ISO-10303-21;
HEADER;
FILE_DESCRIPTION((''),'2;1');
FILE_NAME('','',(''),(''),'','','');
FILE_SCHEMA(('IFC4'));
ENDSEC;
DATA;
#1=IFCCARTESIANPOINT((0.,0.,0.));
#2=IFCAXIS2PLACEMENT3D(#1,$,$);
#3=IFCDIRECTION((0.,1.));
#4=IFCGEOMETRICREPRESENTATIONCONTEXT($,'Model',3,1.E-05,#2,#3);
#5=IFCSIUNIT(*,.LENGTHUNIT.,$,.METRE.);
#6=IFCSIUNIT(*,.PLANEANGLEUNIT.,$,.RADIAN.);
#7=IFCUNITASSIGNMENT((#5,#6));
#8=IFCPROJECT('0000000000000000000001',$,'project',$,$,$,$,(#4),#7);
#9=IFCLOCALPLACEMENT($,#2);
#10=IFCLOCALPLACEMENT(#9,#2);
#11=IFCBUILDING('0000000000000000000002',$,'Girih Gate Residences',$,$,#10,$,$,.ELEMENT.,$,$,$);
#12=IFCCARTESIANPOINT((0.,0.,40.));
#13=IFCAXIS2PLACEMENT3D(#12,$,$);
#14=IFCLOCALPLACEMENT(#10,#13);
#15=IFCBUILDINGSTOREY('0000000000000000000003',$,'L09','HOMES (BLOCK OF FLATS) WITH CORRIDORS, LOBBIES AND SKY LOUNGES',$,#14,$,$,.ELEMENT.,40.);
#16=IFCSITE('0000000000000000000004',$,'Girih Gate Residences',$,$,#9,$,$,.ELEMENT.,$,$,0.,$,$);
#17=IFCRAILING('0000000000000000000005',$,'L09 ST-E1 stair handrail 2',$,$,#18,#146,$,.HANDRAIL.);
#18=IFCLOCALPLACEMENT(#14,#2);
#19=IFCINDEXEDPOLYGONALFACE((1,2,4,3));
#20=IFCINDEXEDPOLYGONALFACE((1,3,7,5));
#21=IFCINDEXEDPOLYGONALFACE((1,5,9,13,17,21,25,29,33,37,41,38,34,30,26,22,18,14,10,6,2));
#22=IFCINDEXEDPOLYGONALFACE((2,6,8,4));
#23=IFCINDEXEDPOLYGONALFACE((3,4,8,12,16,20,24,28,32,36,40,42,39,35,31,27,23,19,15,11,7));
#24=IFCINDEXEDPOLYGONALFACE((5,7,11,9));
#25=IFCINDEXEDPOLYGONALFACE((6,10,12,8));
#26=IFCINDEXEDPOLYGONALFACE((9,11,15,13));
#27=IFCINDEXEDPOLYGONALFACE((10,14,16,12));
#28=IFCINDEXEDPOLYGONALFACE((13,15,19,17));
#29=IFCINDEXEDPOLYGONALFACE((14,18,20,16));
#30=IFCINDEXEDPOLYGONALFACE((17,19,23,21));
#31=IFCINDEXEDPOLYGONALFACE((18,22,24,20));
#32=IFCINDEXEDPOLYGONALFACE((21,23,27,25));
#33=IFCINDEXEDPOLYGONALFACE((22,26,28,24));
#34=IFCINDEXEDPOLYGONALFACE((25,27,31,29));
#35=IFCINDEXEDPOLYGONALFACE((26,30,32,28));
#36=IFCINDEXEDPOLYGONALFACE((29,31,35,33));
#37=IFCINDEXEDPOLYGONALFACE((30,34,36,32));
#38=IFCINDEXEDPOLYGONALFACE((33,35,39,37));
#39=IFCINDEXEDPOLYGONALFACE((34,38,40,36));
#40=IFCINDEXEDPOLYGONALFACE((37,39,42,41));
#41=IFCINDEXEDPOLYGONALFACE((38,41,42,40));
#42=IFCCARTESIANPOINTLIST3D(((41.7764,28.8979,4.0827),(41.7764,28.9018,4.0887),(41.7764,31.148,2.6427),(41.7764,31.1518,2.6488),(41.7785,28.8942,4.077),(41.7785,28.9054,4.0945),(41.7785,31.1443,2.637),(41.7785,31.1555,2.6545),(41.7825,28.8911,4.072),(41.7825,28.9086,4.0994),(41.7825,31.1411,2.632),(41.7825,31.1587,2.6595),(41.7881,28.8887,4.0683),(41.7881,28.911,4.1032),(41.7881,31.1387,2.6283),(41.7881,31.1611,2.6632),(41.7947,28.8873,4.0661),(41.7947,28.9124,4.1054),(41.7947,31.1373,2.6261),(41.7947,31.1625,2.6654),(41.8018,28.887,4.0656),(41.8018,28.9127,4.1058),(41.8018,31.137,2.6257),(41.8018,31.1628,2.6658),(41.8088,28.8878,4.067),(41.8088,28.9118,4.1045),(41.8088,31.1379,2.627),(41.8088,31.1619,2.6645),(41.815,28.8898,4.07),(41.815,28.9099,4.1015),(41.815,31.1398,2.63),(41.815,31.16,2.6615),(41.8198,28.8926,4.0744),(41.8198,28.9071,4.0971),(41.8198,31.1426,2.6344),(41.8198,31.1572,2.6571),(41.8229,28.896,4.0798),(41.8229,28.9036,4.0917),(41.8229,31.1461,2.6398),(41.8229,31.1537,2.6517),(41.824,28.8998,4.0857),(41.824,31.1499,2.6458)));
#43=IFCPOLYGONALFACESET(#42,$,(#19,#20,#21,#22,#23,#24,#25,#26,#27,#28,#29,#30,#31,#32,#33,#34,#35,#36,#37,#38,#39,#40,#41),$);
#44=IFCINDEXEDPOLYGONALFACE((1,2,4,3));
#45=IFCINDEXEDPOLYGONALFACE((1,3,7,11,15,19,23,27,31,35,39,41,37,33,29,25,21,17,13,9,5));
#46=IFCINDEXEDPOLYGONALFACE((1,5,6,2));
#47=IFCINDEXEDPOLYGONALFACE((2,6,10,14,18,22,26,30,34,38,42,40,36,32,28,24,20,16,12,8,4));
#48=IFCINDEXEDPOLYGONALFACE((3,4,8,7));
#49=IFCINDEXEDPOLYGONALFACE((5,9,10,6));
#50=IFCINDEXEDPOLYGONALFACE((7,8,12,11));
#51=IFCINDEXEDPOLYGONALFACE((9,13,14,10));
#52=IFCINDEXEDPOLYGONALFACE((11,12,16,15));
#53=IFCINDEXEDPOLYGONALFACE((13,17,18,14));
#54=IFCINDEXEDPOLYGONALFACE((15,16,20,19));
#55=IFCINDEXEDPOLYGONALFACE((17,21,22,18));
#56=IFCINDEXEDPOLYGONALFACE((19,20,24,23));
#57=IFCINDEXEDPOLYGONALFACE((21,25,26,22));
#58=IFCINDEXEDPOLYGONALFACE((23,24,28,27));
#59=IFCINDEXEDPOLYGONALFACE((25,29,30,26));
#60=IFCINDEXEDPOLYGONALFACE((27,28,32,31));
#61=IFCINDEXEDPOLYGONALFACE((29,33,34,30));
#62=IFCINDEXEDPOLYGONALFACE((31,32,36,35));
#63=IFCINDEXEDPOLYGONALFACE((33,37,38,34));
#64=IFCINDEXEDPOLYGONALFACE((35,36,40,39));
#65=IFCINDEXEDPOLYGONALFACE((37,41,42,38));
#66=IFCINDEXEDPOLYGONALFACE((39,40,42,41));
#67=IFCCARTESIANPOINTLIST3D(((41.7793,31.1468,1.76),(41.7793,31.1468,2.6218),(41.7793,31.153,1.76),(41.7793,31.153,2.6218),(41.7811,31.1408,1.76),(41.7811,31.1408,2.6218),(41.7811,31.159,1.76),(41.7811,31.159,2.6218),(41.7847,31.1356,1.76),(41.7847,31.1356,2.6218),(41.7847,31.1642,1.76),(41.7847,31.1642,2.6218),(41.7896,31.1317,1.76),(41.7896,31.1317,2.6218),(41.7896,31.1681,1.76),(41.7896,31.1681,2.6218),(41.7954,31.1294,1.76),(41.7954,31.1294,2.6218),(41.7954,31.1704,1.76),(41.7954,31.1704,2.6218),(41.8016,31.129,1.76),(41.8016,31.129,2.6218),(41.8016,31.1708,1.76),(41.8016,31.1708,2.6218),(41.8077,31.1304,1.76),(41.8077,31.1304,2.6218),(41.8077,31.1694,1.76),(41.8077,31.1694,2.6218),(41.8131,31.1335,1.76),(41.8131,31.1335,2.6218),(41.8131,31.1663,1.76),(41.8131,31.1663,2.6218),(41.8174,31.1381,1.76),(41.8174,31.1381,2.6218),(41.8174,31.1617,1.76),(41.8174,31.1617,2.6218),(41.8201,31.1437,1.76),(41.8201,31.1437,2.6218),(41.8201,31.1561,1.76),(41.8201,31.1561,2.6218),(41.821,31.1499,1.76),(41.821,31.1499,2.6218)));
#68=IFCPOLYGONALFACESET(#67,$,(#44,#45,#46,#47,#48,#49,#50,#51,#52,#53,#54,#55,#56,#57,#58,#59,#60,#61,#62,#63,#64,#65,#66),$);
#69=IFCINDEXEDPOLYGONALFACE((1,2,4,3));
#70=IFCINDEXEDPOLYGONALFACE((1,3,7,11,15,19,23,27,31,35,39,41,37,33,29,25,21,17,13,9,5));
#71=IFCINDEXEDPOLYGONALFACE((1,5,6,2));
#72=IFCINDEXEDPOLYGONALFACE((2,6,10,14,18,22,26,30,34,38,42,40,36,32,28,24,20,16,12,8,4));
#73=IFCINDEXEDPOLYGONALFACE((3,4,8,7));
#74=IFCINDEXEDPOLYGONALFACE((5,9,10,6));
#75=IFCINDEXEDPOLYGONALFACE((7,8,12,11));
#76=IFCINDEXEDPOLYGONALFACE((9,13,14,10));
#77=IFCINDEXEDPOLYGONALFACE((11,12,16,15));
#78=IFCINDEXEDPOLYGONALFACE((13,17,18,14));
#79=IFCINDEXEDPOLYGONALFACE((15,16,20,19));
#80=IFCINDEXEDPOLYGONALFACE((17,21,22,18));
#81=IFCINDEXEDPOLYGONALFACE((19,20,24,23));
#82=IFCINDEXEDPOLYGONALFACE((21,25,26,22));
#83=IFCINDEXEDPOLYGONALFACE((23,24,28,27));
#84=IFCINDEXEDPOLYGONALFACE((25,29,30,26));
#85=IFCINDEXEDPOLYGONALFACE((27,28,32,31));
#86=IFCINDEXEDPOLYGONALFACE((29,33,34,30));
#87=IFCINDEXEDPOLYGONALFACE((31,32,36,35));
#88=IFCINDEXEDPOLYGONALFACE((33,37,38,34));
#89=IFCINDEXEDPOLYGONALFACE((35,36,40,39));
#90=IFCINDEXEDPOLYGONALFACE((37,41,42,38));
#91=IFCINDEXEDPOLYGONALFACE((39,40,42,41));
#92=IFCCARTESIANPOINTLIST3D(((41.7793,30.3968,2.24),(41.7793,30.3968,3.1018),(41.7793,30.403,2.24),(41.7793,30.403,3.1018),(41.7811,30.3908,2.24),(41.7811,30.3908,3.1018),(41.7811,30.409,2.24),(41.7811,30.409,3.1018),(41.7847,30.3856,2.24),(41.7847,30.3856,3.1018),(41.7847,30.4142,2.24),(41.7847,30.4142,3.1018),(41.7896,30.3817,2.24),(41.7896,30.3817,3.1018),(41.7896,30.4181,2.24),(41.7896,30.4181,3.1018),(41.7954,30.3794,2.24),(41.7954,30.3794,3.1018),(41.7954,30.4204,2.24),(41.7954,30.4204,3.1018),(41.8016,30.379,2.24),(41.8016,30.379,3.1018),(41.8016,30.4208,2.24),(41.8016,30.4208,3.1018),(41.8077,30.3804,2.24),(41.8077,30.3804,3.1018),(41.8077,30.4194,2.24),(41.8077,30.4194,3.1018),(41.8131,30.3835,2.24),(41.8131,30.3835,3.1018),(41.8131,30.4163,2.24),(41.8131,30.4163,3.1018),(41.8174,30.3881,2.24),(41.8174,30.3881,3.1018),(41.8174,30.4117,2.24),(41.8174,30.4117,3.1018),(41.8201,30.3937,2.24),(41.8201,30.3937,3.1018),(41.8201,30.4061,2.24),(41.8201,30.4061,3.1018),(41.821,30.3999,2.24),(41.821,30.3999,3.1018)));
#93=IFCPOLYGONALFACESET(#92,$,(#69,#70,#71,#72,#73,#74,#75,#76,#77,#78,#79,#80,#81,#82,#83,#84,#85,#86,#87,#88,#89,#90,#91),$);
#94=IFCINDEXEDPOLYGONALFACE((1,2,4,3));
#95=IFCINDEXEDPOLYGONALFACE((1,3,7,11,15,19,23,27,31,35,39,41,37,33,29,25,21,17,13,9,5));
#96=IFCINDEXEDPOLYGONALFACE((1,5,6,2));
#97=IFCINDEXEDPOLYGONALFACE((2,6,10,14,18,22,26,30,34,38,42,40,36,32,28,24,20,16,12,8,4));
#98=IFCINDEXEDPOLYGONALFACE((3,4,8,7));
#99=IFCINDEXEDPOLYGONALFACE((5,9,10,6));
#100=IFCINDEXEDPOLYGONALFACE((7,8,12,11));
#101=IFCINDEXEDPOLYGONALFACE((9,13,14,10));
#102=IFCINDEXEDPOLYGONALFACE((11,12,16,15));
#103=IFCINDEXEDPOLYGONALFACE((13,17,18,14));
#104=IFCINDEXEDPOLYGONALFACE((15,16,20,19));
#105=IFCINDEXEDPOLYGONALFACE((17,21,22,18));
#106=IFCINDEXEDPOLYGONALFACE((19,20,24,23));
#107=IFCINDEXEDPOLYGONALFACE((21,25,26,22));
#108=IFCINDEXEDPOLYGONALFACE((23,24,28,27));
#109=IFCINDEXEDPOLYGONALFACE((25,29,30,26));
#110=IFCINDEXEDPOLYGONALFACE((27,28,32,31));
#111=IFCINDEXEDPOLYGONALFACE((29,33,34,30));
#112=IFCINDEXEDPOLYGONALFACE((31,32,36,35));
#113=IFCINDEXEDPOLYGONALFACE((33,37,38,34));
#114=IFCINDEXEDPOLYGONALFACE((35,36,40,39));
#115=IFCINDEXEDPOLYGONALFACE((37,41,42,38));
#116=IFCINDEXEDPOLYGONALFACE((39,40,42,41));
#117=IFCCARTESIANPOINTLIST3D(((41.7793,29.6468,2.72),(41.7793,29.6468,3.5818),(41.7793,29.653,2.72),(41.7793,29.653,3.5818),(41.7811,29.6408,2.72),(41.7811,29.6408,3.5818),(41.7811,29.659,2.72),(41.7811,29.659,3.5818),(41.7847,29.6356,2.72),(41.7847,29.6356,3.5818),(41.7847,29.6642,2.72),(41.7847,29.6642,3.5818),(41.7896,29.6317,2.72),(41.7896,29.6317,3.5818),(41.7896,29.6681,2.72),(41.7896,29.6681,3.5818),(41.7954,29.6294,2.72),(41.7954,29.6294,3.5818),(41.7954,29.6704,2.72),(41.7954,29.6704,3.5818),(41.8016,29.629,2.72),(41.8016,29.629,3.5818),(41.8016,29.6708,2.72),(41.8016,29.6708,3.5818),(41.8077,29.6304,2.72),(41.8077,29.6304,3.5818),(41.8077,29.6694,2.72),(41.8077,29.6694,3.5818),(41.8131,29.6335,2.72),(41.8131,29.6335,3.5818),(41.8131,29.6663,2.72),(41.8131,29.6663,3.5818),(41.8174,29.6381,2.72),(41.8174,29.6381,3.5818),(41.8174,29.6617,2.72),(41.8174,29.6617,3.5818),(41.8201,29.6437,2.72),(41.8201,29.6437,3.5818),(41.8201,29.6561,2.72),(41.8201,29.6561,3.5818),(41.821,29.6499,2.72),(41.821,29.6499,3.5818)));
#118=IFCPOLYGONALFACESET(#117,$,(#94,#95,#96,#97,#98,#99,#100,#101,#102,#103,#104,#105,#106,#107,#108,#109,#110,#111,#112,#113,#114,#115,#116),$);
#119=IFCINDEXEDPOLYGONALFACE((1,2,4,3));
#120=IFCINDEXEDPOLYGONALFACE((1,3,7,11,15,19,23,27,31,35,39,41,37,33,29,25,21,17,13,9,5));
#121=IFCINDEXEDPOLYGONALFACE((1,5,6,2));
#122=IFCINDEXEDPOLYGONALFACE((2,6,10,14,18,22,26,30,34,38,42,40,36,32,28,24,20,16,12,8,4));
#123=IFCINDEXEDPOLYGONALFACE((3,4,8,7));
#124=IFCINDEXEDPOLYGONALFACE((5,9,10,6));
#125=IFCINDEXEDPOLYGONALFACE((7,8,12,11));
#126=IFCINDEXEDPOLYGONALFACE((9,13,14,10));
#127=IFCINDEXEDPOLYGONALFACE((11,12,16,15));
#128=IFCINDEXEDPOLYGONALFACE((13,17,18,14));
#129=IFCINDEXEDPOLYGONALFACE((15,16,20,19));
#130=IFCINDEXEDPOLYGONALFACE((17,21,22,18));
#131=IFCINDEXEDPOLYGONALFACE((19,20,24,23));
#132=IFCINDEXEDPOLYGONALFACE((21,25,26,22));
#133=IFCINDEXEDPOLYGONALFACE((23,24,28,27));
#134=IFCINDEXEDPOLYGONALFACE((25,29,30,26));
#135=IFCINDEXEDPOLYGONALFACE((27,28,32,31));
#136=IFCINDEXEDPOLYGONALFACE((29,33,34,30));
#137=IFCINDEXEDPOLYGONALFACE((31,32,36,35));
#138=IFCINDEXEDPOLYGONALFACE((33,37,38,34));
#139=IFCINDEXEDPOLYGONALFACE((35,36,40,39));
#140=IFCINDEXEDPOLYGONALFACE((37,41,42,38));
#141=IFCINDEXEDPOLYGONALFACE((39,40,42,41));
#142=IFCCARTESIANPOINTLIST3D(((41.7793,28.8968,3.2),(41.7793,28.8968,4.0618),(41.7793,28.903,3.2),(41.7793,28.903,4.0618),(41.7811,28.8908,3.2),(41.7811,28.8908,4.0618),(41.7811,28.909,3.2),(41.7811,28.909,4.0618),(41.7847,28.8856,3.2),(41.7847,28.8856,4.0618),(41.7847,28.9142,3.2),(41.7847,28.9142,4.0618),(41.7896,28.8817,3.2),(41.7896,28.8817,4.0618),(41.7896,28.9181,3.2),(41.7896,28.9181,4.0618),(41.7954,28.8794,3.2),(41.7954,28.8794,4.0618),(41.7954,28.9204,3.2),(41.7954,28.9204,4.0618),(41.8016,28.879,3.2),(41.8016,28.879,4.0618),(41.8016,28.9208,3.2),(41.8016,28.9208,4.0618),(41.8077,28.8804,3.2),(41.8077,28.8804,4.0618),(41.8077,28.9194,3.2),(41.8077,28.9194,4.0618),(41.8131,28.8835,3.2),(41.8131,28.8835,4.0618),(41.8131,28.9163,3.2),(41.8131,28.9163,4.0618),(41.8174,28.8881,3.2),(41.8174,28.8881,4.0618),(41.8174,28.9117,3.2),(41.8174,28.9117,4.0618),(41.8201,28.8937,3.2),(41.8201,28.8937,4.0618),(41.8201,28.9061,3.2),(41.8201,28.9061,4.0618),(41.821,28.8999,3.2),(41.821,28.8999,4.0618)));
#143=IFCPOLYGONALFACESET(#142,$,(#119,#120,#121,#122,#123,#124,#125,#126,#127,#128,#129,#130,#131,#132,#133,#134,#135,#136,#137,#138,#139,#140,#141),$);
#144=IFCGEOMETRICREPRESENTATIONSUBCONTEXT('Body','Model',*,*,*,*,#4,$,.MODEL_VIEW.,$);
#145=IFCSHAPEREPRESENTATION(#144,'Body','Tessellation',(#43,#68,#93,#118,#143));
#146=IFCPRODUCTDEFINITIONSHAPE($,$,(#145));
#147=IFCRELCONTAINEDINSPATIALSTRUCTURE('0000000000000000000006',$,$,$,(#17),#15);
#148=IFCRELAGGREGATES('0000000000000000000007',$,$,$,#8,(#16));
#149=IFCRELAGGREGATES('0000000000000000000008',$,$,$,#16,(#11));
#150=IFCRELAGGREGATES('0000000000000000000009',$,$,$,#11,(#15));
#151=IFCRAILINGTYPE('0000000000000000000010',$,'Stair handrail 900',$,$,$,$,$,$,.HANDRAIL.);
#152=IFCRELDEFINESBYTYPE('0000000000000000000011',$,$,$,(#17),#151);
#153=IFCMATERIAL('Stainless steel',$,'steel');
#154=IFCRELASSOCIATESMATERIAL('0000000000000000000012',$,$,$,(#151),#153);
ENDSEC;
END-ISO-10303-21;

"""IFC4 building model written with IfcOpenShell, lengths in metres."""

from ifc_helpers import new_model, si_unit, direction, frame, origin, origin_2d, place, context, subcontext, project, spatial, circle, extrude, material, type_object, element, save


model = new_model("IFC4")

# Units and contexts
model_context = context("Model", 3, precision=1e-05, world=origin(), true_north=direction((0.0, 1.0)))
body_context = subcontext(model_context, "Body", "Model", "MODEL_VIEW")
ifc_project = project(units=[si_unit("LENGTHUNIT", "METRE"), si_unit("PLANEANGLEUNIT", "RADIAN")], contexts=[model_context])

# Site, building, storey
site_placement = place(None, origin())
site = spatial("IfcSite", under=ifc_project, at=site_placement, Name="Girih Gate Residences", CompositionType="ELEMENT", RefElevation=0.0)
building_placement = place(site_placement, origin())
building = spatial("IfcBuilding", under=site, at=building_placement, Name="Girih Gate Residences", CompositionType="ELEMENT")
storey_placement = place(building_placement, frame((0.0, 0.0, 40.0)))
storey = spatial("IfcBuildingStorey", under=building, at=storey_placement, Name="L09", Description="HOMES (BLOCK OF FLATS) WITH CORRIDORS, LOBBIES AND SKY LOUNGES", CompositionType="ELEMENT", Elevation=40.0)

# Railing
ifc_material_1 = material(Name="Stainless steel", Category="steel")
railing_type_1 = type_object("IfcRailingType", Name="Stair handrail 900", PredefinedType="HANDRAIL", material=ifc_material_1)
railing_1_placement = place(storey_placement, frame((41.8, 31.1499, 1.76)))
element("IfcRailing", 1, at=railing_1_placement, inside=storey, type_object=railing_type_1, Name="L09 ST-E1 stair handrail 2", PredefinedType="HANDRAIL", context=body_context, shape_type="SweptSolid", body=[
    extrude(circle(Radius=0.0239, at=origin_2d()), frame((0.0, 0.0, 0.8857), z_axis=(0.0, -0.842281, 0.539038), x_axis=(1.0, 0.0, 0.0)), (0.0, 0.0, 1.0), 2.6714),
    extrude(circle(Radius=0.021, at=origin_2d()), origin(), (0.0, 0.0, 1.0), 0.8618),
    extrude(circle(Radius=0.021, at=origin_2d()), frame((0.0, -0.75, 0.48)), (0.0, 0.0, 1.0), 0.8618),
    extrude(circle(Radius=0.021, at=origin_2d()), frame((0.0, -1.5, 0.96)), (0.0, 0.0, 1.0), 0.8618),
    extrude(circle(Radius=0.021, at=origin_2d()), frame((0.0, -2.25, 1.4399)), (0.0, 0.0, 1.0), 0.8618),
])

save(model, "model.ifc")
